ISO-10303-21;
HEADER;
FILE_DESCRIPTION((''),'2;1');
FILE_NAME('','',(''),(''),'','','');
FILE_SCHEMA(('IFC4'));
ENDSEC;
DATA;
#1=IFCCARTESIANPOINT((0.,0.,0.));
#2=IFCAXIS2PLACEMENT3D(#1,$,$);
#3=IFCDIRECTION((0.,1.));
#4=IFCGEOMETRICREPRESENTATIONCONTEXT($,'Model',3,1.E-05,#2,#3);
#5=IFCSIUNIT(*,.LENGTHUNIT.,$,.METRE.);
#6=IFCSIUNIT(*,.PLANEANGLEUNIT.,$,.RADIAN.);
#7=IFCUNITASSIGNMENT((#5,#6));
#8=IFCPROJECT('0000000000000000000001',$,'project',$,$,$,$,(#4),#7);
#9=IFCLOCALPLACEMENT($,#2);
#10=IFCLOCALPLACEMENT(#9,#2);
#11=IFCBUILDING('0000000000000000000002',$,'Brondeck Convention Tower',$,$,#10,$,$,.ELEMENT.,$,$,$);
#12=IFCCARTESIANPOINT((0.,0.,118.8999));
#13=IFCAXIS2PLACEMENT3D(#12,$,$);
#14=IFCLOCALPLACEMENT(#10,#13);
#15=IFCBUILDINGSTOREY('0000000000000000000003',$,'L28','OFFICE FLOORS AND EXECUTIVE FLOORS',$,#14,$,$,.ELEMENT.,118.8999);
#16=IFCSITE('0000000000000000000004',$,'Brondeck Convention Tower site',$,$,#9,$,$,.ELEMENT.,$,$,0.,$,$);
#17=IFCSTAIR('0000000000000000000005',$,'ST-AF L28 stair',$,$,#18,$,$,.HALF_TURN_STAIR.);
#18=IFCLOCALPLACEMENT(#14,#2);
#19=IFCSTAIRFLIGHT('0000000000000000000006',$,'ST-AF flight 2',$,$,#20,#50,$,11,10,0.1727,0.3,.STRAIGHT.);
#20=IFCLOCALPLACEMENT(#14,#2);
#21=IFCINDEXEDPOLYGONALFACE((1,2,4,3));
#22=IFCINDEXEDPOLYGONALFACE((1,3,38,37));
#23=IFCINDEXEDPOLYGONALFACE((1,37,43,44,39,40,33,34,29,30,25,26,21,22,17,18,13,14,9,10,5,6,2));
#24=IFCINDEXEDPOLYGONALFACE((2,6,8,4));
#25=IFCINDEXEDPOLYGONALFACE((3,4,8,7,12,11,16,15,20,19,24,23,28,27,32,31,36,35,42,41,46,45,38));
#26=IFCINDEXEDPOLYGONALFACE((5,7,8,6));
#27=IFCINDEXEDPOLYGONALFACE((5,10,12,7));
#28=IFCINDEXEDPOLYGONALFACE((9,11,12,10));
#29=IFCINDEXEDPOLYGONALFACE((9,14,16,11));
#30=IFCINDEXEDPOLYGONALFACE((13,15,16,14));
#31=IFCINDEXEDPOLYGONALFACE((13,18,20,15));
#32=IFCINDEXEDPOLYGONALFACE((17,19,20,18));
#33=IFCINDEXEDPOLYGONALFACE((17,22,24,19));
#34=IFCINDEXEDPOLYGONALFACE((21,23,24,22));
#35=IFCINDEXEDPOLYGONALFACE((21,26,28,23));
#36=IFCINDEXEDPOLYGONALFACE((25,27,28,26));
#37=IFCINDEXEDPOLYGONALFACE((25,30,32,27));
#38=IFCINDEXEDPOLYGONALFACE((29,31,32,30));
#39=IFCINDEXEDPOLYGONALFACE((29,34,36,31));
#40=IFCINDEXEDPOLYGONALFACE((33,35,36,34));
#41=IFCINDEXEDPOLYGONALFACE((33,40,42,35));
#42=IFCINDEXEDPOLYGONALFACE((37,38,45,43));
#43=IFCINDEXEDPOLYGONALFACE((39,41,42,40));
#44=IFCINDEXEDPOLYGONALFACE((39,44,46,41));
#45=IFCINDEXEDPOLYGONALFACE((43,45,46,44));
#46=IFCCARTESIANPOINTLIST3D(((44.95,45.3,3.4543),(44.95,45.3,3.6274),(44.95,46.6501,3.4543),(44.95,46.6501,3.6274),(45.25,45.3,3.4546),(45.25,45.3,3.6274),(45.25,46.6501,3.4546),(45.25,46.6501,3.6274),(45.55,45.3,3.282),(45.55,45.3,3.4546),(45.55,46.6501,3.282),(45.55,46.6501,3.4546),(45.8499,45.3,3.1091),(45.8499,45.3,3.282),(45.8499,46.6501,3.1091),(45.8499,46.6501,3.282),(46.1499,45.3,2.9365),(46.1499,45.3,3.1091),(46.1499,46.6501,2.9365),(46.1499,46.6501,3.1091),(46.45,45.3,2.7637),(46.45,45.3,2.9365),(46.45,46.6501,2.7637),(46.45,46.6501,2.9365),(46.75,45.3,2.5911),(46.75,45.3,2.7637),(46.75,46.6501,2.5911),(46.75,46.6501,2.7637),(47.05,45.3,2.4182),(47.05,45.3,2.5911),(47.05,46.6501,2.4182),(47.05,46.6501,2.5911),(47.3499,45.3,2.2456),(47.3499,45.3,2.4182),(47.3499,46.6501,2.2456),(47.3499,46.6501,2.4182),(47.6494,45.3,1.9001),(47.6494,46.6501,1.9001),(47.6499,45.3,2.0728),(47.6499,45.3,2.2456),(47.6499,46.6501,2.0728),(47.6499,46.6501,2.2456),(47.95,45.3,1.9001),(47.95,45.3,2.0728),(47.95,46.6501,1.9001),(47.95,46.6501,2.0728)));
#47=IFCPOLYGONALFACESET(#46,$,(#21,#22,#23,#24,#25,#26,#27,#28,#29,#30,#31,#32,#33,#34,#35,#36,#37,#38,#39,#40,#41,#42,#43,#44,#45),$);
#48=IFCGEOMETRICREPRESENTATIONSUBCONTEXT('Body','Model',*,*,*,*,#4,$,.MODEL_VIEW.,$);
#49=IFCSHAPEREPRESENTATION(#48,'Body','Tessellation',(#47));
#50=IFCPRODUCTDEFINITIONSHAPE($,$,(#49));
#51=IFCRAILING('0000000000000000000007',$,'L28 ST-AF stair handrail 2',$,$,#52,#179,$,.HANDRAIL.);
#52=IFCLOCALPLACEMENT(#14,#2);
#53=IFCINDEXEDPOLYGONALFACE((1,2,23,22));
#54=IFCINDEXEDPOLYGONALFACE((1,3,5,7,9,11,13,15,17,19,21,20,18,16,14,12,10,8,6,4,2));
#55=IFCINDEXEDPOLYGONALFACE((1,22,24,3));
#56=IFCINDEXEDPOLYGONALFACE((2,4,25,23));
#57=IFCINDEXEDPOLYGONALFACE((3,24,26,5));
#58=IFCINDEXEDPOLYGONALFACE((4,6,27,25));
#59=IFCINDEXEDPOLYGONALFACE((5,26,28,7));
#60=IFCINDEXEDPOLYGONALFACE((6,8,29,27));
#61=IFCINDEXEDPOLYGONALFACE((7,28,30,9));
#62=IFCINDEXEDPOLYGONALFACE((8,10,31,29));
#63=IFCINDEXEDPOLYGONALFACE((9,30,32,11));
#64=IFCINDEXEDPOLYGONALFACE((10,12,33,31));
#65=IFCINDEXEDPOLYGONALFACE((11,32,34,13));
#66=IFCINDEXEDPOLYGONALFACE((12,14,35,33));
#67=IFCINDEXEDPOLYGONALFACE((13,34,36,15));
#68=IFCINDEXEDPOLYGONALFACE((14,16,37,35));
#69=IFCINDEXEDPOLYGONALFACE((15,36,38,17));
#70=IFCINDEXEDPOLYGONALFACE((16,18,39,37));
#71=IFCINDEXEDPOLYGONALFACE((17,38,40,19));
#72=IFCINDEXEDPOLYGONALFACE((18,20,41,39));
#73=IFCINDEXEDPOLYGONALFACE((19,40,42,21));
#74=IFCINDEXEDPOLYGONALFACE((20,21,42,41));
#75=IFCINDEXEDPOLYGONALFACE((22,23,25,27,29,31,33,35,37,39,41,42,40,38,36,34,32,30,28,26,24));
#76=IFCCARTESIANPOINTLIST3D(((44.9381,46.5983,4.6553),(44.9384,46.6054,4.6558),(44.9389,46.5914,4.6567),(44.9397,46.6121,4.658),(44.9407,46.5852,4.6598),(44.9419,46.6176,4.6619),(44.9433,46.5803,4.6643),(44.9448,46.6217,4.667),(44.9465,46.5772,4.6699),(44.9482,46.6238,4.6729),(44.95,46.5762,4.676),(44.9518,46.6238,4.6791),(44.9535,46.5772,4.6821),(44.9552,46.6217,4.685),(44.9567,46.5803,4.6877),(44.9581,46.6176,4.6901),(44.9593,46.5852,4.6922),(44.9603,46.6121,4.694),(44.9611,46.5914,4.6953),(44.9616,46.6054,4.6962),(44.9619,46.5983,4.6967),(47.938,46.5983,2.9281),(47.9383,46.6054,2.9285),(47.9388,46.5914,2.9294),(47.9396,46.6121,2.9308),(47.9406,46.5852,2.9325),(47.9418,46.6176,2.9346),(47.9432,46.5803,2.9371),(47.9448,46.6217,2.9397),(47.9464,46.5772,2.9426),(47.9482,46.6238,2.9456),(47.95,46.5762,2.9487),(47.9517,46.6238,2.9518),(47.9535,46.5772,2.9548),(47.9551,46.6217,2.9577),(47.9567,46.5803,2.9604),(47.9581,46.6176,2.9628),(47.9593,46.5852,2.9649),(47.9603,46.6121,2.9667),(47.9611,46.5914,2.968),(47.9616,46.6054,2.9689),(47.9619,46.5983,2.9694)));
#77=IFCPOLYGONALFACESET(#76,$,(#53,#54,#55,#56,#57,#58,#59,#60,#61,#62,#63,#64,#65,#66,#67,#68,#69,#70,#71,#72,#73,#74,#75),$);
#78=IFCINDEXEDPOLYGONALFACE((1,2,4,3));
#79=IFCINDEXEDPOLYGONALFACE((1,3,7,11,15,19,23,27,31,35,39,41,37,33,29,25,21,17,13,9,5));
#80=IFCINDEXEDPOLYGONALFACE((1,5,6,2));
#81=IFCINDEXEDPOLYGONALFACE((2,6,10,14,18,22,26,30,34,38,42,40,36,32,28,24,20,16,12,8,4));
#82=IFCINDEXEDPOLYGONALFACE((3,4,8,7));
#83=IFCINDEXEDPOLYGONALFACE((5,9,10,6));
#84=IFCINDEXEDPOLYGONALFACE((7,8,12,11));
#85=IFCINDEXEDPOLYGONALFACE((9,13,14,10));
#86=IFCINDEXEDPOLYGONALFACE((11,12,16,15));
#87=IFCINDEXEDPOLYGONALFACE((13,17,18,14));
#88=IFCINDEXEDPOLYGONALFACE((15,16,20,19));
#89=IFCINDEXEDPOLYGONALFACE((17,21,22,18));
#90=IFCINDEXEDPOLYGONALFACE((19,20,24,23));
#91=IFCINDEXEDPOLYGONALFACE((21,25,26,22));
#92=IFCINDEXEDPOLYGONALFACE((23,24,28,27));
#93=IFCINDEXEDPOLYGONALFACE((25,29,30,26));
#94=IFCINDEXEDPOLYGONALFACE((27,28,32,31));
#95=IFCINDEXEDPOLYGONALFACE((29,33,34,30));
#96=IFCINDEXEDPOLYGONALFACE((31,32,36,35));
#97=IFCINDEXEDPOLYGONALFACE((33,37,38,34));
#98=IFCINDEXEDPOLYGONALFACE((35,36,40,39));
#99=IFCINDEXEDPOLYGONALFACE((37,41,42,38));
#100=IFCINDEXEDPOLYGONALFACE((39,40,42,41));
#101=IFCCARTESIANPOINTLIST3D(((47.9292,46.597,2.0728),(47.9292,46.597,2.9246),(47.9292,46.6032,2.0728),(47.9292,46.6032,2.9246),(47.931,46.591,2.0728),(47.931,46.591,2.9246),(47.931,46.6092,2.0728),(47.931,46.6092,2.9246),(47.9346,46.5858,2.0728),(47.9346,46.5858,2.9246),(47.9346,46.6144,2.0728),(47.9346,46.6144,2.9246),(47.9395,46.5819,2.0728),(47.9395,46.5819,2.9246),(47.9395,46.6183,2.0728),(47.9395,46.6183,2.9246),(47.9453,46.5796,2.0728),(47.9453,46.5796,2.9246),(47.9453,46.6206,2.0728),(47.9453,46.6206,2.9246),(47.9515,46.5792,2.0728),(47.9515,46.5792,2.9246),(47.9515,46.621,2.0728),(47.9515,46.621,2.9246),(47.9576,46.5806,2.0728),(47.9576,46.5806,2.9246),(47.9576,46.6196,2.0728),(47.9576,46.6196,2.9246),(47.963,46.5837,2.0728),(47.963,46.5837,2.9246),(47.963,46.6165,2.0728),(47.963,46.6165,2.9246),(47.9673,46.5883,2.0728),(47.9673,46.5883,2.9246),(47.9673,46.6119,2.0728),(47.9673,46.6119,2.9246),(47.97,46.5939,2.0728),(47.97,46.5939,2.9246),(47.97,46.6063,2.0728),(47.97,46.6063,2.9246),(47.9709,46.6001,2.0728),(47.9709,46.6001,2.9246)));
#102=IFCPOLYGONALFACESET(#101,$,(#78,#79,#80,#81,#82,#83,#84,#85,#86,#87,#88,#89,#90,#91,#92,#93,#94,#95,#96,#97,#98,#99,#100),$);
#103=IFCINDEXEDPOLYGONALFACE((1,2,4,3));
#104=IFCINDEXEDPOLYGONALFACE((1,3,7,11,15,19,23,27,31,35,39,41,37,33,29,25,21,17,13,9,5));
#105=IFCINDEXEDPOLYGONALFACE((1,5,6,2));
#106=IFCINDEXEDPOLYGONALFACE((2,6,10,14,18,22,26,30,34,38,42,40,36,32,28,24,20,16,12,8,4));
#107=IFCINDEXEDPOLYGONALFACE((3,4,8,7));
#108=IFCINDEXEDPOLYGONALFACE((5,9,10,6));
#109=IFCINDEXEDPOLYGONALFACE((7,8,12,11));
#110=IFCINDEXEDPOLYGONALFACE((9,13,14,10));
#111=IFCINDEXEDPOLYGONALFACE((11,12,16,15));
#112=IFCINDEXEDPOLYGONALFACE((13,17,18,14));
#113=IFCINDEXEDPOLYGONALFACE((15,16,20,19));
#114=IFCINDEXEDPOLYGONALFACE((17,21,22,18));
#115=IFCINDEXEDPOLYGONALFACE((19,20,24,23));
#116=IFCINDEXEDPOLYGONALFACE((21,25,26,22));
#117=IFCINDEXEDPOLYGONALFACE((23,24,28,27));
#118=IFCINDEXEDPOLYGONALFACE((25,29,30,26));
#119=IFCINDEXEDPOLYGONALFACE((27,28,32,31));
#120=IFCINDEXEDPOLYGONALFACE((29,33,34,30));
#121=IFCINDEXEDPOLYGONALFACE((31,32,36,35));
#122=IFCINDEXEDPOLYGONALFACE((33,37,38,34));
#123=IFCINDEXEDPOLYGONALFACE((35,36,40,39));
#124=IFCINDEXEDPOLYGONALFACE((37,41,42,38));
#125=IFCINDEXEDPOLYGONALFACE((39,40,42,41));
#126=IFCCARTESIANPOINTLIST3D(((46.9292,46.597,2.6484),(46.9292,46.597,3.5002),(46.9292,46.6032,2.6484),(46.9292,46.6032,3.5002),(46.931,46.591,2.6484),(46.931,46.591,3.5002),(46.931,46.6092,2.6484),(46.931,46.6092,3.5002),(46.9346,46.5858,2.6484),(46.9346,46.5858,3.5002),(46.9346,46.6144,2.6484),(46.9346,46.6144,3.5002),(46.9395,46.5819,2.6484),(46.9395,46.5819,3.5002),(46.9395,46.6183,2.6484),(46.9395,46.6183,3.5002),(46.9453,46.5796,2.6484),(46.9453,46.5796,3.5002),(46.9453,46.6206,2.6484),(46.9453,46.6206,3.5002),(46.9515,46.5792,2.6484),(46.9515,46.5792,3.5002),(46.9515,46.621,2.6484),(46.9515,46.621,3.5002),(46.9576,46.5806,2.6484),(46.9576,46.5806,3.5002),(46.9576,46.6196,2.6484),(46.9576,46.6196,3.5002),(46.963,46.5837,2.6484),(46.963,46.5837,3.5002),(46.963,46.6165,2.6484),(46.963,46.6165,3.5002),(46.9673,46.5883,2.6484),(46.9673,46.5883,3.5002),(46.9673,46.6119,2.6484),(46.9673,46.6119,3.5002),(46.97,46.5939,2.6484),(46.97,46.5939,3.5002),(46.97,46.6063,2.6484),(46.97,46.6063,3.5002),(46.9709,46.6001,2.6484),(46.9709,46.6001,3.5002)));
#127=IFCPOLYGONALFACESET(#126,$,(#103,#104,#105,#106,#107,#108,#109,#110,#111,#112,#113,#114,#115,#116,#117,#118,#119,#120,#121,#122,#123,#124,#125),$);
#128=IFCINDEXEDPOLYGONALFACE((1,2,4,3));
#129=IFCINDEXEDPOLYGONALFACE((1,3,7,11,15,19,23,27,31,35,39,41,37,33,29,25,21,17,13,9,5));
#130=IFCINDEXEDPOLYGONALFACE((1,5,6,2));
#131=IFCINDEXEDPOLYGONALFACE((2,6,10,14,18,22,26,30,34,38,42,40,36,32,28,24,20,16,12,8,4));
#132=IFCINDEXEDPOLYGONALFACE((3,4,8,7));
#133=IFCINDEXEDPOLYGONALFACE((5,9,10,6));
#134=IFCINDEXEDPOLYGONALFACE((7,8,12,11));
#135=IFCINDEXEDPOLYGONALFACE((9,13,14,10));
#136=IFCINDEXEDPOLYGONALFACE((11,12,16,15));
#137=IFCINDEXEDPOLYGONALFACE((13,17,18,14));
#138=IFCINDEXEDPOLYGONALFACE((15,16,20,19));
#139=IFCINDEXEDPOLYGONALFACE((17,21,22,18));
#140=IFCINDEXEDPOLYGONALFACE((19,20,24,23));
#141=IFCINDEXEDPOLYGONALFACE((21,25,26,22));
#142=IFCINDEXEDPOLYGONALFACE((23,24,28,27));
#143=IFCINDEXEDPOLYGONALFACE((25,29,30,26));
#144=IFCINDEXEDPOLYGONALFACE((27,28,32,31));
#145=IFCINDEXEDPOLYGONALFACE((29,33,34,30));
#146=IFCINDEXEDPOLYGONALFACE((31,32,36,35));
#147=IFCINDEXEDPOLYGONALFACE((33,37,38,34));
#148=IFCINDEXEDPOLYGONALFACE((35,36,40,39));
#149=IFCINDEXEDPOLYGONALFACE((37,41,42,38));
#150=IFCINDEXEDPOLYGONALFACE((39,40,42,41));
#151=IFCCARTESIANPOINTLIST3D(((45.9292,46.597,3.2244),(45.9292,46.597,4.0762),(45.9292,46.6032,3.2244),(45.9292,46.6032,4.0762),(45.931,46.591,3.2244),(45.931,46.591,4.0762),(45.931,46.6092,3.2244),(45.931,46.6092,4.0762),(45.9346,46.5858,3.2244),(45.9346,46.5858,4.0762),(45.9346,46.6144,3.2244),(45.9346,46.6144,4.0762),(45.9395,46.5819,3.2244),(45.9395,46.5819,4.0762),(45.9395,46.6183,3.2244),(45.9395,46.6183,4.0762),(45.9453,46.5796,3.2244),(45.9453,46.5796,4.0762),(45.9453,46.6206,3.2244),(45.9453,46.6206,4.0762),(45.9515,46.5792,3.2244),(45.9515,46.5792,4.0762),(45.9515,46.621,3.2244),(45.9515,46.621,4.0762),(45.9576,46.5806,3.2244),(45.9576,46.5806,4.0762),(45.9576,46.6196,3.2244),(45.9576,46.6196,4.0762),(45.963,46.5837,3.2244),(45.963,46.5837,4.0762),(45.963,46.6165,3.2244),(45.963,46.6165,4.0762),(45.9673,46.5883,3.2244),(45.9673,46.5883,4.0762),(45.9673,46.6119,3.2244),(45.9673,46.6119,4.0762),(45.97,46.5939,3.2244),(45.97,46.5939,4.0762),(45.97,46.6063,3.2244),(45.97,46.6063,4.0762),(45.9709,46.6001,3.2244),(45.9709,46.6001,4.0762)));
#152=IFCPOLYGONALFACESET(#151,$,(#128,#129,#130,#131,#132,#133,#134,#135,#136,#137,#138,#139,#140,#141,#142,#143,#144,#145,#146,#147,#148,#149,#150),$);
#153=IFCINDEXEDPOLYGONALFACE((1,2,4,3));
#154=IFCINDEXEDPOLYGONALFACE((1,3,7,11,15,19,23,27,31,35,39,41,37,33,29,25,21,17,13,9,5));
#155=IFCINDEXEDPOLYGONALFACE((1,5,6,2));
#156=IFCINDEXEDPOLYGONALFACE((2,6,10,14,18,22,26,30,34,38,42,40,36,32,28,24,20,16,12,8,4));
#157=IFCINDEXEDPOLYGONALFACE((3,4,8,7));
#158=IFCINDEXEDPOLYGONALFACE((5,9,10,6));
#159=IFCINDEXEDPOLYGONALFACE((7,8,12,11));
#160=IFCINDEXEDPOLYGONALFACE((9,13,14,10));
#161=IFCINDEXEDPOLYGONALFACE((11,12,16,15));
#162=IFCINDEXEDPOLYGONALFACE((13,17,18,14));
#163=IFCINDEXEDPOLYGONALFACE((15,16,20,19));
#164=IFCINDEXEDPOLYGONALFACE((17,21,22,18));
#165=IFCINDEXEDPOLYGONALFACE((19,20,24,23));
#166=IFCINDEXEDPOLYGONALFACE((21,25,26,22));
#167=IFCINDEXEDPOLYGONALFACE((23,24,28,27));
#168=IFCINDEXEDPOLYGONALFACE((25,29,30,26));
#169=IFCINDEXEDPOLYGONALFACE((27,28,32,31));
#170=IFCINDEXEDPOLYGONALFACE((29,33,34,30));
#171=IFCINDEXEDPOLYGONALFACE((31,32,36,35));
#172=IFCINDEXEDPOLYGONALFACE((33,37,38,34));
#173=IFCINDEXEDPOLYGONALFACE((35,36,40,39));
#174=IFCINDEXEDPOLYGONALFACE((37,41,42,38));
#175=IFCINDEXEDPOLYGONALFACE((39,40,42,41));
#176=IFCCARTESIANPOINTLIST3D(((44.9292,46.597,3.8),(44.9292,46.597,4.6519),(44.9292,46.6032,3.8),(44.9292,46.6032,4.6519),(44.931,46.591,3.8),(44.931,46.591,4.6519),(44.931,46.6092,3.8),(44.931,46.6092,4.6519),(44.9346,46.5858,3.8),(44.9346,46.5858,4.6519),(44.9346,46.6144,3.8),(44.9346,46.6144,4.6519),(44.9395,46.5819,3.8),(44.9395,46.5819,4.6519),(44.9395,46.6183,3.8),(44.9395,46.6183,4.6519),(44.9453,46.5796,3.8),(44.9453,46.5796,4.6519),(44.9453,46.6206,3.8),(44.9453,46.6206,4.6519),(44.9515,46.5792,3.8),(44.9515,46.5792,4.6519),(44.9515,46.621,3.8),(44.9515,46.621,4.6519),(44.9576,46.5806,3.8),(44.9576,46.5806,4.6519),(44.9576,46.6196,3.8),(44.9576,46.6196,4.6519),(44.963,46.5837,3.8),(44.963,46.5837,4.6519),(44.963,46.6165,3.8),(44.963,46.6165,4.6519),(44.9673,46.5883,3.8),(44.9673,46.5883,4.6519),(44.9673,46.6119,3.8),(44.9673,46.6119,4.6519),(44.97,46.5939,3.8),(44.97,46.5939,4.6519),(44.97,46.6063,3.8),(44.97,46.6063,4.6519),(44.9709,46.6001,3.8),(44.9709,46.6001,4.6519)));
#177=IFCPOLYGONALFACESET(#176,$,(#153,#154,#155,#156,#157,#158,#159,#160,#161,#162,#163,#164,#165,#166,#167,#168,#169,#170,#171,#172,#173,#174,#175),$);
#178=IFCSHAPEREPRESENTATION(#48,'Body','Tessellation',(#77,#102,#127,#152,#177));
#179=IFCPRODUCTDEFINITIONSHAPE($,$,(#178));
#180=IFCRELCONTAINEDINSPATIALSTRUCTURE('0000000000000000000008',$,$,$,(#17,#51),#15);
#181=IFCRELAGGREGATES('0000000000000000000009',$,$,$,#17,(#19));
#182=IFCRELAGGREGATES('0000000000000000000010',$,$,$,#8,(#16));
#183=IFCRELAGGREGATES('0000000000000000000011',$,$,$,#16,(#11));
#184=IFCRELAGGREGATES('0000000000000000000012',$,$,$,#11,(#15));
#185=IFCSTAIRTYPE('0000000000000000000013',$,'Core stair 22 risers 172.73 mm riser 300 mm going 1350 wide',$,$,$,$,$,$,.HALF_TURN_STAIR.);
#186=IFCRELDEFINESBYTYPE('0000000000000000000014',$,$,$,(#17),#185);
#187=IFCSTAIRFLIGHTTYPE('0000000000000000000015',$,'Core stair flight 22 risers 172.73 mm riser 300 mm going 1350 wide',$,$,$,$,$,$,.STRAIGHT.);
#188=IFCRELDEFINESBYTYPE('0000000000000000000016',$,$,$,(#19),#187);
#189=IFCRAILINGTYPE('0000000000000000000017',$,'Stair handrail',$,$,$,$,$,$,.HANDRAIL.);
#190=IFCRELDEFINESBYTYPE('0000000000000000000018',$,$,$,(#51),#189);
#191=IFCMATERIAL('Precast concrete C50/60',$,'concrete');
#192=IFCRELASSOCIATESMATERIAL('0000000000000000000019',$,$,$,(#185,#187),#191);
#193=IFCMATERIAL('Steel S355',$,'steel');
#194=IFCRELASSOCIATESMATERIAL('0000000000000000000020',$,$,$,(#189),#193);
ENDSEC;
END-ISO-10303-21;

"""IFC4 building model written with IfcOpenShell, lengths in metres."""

from ifc_helpers import new_model, si_unit, direction, frame, origin, origin_2d, place, context, subcontext, project, spatial, polyline, circle, outline, extrude, material, type_object, element, aggregate, save


model = new_model("IFC4")

# Units and contexts
model_context = context("Model", 3, precision=1e-05, world=origin(), true_north=direction((0.0, 1.0)))
body_context = subcontext(model_context, "Body", "Model", "MODEL_VIEW")
ifc_project = project(units=[si_unit("LENGTHUNIT", "METRE"), si_unit("PLANEANGLEUNIT", "RADIAN")], contexts=[model_context])

# Site, building, storey
site_placement = place(None, origin())
site = spatial("IfcSite", under=ifc_project, at=site_placement, Name="Brondeck Convention Tower site", CompositionType="ELEMENT", RefElevation=0.0)
building_placement = place(site_placement, origin())
building = spatial("IfcBuilding", under=site, at=building_placement, Name="Brondeck Convention Tower", CompositionType="ELEMENT")
storey_placement = place(building_placement, frame((0.0, 0.0, 118.8999)))
storey = spatial("IfcBuildingStorey", under=building, at=storey_placement, Name="L28", Description="OFFICE FLOORS AND EXECUTIVE FLOORS", CompositionType="ELEMENT", Elevation=118.8999)

# Shared definitions
ifc_material_1 = material(Name="Steel S355", Category="steel")

# Stair, stair flight
ifc_material_2 = material(Name="Precast concrete C50/60", Category="concrete")
stair_type = type_object("IfcStairType", Name="Core stair 22 risers 172.73 mm riser 300 mm going 1350 wide", PredefinedType="HALF_TURN_STAIR", material=ifc_material_2)
stair_placement = place(storey_placement, origin())
stair = element("IfcStair", 1, at=stair_placement, inside=storey, type_object=stair_type, Name="ST-AF L28 stair", PredefinedType="HALF_TURN_STAIR")
stair_flight_type = type_object("IfcStairFlightType", Name="Core stair flight 22 risers 172.73 mm riser 300 mm going 1350 wide", PredefinedType="STRAIGHT", material=ifc_material_2)
stair_flight_placement = place(storey_placement, frame((47.95, 45.9751, 1.9001), z_axis=(0.0, 0.0, 1.0), x_axis=(-1.0, 0.0, 0.0)))
stair_flight = element("IfcStairFlight", 2, at=stair_flight_placement, type_object=stair_flight_type, Name="ST-AF flight 2", NumberOfRisers=11, NumberOfTreads=10, PredefinedType="STRAIGHT", RiserHeight=0.1727, TreadLength=0.3, context=body_context, shape_type="SweptSolid", body=[
    extrude(outline(polyline([(0.0, 0.0), (0.0, 0.1726), (0.3, 0.1726), (0.3, 0.3455), (0.6001, 0.3455), (0.6001, 0.5181), (0.8999, 0.5181), (0.8999, 0.6909), (1.2, 0.6909), (1.2, 0.8635), (1.5, 0.8635), (1.5, 1.0364), (1.8, 1.0364), (1.8, 1.209), (2.1001, 1.209), (2.1001, 1.3818), (2.3999, 1.3818), (2.3999, 1.5544), (2.7, 1.5544), (2.7, 1.7273), (3.0, 1.7273), (3.0, 1.8999), (3.0, 1.5542), (0.3005, 0.0), (0.0, 0.0)])), frame((0.0, 0.675, 0.0), z_axis=(0.0, -1.0, 0.0), x_axis=(1.0, 0.0, 0.0)), (0.0, 0.0, 1.0), 1.3501),
])
aggregate(stair, [stair_flight])

# Railing
railing_type = type_object("IfcRailingType", Name="Stair handrail", PredefinedType="HANDRAIL", material=ifc_material_1)
railing_placement = place(storey_placement, frame((47.95, 46.6001, 2.0728)))
element("IfcRailing", 3, at=railing_placement, inside=storey, type_object=railing_type, Name="L28 ST-AF stair handrail 2", PredefinedType="HANDRAIL", context=body_context, shape_type="SweptSolid", body=[
    extrude(circle(Radius=0.0239, at=origin_2d()), frame((0.0, 0.0, 0.876), z_axis=(-0.86662, 0.0, 0.498969), x_axis=(0.0, -1.0, 0.0)), (0.0, 0.0, 1.0), 3.4617),
    extrude(circle(Radius=0.021, at=origin_2d()), origin(), (0.0, 0.0, 1.0), 0.8518),
    extrude(circle(Radius=0.021, at=origin_2d()), frame((-1.0, 0.0, 0.5757)), (0.0, 0.0, 1.0), 0.8518),
    extrude(circle(Radius=0.021, at=origin_2d()), frame((-2.0, 0.0, 1.1516)), (0.0, 0.0, 1.0), 0.8518),
    extrude(circle(Radius=0.021, at=origin_2d()), frame((-3.0, 0.0, 1.7273)), (0.0, 0.0, 1.0), 0.8518),
])

save(model, "model.ifc")
